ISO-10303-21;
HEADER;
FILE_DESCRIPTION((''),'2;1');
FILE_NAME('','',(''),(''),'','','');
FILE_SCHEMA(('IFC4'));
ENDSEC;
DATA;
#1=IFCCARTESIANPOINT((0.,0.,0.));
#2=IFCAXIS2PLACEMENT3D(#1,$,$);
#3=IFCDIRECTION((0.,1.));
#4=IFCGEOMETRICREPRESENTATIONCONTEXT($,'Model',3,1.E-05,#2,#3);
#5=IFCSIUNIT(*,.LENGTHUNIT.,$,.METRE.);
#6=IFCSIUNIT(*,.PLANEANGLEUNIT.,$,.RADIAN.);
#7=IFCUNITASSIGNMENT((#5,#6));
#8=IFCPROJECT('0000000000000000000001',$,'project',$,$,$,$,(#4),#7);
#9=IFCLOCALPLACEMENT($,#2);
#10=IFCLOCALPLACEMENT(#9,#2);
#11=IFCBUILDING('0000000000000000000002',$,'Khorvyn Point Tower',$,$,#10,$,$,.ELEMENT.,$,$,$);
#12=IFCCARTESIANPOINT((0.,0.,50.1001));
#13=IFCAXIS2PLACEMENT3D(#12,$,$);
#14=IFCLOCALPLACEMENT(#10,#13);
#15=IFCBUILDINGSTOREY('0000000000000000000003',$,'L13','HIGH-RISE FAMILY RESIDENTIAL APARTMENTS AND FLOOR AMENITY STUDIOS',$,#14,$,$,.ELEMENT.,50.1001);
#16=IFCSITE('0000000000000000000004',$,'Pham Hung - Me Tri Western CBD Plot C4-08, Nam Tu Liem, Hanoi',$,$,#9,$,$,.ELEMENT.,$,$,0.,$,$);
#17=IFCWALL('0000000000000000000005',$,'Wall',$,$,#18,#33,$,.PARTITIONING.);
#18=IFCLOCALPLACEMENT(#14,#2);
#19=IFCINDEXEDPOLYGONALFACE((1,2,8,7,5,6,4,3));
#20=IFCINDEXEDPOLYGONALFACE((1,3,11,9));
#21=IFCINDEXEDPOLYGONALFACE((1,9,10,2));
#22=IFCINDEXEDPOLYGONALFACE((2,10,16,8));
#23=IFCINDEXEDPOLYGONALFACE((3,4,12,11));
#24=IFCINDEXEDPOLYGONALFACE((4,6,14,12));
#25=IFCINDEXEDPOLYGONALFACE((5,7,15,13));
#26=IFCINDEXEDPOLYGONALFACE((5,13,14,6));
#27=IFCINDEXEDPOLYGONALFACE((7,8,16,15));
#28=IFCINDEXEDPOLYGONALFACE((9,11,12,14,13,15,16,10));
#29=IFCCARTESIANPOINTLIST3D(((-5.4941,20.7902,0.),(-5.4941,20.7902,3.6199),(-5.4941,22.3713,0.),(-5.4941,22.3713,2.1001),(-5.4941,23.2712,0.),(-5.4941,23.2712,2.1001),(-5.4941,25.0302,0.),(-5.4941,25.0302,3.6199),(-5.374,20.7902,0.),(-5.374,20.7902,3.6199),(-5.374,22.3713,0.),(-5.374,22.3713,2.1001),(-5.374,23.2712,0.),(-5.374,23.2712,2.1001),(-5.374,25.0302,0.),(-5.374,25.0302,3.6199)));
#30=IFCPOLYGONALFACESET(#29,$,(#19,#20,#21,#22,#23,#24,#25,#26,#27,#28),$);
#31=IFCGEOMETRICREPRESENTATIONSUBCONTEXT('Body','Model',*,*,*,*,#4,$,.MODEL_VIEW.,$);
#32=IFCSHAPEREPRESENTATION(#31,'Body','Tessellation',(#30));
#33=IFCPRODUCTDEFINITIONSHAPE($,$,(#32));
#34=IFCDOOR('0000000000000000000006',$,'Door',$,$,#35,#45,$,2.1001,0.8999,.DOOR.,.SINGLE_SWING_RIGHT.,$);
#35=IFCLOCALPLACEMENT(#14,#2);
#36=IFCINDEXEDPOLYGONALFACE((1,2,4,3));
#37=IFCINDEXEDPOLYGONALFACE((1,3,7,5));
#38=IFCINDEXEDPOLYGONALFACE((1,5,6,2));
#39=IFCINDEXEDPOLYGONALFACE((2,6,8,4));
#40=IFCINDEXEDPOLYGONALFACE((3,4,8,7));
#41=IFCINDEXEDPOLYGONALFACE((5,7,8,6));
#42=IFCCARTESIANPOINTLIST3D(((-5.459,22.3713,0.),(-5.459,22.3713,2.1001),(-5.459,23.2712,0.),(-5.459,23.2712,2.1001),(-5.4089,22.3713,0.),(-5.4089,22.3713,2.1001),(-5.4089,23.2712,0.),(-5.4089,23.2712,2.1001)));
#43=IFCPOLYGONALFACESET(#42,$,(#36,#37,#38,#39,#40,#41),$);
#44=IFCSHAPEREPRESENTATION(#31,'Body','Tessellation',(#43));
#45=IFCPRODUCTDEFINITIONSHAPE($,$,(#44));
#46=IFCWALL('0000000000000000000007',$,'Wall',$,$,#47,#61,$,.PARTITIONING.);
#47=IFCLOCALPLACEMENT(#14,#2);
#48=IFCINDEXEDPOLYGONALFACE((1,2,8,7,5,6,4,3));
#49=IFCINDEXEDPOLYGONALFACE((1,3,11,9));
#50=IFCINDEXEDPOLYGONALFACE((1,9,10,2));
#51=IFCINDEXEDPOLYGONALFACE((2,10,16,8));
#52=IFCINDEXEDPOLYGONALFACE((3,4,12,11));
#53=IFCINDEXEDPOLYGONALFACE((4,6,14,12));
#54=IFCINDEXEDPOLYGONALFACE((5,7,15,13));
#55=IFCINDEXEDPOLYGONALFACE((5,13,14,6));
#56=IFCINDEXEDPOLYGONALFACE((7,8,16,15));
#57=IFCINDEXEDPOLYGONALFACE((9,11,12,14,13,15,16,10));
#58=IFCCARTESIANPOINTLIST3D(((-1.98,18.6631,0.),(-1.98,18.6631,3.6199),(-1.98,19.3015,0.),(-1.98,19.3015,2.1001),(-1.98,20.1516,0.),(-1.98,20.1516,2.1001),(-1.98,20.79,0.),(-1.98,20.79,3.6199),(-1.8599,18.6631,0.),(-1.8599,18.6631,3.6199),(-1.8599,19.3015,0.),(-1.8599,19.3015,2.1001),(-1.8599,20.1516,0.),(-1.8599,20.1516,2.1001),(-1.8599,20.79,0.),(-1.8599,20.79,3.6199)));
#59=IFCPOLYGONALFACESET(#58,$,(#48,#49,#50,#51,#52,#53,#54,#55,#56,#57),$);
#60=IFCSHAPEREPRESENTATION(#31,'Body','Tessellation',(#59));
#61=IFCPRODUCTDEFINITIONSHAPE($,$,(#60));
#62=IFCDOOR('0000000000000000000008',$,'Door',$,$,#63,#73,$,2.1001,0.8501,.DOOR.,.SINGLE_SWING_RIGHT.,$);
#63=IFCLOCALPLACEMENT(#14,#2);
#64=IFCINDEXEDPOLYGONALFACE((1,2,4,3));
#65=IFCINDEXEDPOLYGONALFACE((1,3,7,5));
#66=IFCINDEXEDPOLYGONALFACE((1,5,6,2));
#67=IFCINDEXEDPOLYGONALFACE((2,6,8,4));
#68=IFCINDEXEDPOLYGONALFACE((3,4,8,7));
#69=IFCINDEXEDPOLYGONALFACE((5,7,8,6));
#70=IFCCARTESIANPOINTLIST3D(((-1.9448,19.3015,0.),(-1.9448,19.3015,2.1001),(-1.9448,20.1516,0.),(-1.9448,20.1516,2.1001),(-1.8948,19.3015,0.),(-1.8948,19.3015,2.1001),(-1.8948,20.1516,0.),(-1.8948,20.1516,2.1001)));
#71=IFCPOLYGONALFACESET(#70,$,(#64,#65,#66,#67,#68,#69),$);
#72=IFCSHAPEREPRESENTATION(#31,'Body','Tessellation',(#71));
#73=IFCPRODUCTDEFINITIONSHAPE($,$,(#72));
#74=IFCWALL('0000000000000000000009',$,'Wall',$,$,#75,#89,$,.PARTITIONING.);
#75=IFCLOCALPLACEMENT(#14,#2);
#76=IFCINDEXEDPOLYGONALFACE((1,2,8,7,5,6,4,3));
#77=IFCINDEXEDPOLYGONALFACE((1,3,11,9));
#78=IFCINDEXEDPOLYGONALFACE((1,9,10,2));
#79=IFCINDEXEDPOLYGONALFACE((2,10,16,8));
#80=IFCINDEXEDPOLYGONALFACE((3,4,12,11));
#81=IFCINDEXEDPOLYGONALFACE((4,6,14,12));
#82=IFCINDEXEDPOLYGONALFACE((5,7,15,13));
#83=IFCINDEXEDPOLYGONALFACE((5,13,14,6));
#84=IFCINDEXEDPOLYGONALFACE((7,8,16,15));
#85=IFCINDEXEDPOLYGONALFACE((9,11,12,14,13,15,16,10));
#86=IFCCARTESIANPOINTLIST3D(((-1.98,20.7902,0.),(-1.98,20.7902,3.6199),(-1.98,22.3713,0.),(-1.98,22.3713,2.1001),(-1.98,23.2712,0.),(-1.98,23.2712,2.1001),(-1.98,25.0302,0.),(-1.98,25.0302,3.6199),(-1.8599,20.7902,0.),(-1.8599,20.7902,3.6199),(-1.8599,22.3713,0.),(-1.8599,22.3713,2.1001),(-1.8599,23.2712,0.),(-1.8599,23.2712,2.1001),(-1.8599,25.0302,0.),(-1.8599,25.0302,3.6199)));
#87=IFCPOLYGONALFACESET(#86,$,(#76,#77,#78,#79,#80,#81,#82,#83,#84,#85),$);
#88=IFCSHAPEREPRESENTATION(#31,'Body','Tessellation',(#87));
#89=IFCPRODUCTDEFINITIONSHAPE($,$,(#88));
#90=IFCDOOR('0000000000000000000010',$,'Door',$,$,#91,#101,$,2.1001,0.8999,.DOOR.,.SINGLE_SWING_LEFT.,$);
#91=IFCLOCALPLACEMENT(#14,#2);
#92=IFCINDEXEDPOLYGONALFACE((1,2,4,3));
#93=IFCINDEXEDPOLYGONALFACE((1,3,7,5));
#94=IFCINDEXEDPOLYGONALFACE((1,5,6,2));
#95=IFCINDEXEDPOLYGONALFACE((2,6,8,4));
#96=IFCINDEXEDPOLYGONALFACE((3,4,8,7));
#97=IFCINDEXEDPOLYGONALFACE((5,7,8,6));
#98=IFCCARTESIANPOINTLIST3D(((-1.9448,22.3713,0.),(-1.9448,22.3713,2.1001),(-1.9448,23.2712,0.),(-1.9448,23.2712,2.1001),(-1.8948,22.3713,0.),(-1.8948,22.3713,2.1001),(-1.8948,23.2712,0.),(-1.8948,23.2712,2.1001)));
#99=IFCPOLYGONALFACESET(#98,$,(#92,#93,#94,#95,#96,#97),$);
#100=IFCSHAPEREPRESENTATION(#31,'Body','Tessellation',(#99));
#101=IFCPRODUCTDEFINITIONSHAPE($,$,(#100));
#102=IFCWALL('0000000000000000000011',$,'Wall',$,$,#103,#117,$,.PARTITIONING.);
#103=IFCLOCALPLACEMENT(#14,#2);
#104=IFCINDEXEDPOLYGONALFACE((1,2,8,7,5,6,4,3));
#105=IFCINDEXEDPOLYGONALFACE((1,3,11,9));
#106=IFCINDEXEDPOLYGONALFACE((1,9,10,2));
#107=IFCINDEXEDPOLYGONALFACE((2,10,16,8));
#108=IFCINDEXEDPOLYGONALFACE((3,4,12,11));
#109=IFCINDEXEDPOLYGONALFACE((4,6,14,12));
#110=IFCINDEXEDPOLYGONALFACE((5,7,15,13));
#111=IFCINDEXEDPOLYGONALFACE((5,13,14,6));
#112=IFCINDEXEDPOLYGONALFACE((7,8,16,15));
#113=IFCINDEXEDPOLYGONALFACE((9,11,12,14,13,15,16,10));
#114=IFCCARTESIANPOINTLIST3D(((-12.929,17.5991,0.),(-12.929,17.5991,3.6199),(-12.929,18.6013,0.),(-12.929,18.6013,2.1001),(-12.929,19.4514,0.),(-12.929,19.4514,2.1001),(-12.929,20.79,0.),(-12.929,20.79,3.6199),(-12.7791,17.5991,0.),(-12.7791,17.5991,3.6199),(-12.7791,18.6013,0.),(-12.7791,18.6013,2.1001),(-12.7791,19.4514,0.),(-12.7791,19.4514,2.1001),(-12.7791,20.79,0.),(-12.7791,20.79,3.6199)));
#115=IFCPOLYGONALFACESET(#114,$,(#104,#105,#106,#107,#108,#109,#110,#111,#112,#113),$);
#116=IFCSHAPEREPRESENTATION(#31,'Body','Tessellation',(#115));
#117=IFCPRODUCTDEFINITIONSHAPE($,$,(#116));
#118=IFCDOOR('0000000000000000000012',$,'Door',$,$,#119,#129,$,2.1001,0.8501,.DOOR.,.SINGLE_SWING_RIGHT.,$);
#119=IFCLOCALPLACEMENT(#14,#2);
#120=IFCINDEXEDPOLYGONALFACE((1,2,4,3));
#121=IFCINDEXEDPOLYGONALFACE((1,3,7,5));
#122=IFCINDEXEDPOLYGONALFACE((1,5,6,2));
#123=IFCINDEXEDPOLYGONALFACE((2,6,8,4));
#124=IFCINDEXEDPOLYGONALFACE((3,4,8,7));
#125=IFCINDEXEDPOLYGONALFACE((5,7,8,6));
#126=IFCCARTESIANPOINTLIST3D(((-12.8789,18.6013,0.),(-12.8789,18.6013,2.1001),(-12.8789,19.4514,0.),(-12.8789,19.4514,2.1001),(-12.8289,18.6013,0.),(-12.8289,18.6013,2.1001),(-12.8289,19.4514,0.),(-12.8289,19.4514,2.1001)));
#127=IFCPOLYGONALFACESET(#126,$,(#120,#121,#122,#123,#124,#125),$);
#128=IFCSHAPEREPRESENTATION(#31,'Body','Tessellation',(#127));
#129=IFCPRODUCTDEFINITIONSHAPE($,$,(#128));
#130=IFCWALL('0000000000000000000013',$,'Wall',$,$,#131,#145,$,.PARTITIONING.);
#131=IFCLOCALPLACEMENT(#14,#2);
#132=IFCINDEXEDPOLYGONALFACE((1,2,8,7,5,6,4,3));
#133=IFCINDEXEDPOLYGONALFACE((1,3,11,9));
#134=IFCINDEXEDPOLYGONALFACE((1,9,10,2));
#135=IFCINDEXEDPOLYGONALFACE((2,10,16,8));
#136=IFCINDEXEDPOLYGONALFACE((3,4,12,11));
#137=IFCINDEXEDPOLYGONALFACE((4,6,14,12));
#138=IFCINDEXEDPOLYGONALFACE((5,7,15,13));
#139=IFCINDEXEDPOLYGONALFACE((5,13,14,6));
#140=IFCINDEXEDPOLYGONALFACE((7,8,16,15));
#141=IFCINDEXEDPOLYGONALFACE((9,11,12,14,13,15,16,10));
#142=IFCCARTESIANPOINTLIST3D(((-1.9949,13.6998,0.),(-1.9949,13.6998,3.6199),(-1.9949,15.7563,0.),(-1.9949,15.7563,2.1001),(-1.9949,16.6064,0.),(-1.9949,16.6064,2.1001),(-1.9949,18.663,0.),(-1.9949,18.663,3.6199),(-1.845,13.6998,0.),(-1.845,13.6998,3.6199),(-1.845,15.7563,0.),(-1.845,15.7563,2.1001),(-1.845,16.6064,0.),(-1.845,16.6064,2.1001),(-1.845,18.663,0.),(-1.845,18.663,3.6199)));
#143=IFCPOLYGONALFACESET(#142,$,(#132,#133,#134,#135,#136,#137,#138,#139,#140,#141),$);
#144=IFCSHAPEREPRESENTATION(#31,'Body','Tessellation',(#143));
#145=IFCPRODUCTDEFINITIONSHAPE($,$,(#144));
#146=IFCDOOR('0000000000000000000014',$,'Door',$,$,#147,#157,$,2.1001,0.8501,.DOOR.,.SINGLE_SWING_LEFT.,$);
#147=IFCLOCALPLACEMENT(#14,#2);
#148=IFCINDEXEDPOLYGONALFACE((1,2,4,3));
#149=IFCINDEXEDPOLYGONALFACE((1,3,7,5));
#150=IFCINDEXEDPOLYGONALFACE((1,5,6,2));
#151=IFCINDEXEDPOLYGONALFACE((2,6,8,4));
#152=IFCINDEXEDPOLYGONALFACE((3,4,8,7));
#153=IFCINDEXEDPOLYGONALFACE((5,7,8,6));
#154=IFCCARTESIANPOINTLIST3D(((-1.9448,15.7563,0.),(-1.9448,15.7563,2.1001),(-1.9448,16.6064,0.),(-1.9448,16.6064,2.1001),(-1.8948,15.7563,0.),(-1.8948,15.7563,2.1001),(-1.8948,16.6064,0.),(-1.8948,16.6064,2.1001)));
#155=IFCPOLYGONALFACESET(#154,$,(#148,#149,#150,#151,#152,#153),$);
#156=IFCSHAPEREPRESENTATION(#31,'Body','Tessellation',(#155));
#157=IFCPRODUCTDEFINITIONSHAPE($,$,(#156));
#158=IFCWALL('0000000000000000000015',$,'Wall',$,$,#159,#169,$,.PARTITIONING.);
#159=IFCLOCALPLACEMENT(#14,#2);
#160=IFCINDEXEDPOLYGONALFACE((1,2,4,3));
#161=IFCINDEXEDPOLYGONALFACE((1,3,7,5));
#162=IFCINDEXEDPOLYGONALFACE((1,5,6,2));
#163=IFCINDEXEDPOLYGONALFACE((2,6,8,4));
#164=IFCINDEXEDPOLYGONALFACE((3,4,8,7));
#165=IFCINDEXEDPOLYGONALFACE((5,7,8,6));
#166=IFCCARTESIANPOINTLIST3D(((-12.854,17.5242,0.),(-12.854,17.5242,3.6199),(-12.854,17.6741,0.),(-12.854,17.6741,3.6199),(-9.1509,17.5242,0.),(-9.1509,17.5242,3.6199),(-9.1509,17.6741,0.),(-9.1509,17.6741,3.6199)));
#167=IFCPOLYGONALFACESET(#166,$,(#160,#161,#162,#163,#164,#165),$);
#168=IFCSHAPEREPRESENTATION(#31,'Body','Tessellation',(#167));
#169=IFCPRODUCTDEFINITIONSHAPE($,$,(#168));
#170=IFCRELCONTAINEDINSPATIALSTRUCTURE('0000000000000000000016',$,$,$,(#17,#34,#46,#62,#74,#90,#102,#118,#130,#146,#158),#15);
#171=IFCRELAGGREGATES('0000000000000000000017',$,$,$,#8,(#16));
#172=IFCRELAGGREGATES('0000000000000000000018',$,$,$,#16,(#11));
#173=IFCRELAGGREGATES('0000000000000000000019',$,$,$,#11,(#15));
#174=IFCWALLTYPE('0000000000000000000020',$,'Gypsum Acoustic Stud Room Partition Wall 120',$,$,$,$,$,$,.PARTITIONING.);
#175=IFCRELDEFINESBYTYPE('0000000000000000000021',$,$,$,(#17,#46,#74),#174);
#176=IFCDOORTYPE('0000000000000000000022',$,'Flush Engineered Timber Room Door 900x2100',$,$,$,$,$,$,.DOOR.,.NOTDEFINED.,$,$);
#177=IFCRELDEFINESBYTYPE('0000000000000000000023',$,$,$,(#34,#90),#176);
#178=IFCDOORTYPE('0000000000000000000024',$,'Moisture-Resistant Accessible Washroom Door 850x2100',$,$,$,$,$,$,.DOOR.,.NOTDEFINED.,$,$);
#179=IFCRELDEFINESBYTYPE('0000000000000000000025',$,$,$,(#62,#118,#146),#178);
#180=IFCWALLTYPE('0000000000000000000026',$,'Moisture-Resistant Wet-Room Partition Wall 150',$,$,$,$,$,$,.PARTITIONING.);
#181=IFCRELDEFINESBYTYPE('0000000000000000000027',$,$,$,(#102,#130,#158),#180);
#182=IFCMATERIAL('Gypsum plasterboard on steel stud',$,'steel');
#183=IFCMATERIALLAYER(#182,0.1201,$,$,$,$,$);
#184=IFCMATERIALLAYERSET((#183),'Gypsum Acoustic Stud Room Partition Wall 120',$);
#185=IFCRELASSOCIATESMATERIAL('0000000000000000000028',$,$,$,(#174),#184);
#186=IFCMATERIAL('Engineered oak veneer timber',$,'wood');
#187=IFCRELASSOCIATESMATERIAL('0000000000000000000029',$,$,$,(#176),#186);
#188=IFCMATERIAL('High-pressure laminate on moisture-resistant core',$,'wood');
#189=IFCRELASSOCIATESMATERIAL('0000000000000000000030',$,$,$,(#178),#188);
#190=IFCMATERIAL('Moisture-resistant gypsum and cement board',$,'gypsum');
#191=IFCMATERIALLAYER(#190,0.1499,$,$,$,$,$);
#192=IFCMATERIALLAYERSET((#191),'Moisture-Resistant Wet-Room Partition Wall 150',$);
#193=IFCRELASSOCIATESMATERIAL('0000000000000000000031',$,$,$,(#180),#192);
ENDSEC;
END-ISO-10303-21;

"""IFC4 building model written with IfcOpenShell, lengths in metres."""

from ifc_helpers import new_model, si_unit, direction, frame, frame_2d, origin, place, context, subcontext, project, spatial, rectangle, extrude, material, layer, layer_set, type_object, element, fill, save


model = new_model("IFC4")

# Units and contexts
model_context = context("Model", 3, precision=1e-05, world=origin(), true_north=direction((0.0, 1.0)))
body_context = subcontext(model_context, "Body", "Model", "MODEL_VIEW")
ifc_project = project(units=[si_unit("LENGTHUNIT", "METRE"), si_unit("PLANEANGLEUNIT", "RADIAN")], contexts=[model_context])

# Site, building, storey
site_placement = place(None, origin())
site = spatial("IfcSite", under=ifc_project, at=site_placement, Name="Pham Hung - Me Tri Western CBD Plot C4-08, Nam Tu Liem, Hanoi", CompositionType="ELEMENT", RefElevation=0.0)
building_placement = place(site_placement, origin())
building = spatial("IfcBuilding", under=site, at=building_placement, Name="Khorvyn Point Tower", CompositionType="ELEMENT")
storey_placement = place(building_placement, frame((0.0, 0.0, 50.1001)))
storey = spatial("IfcBuildingStorey", under=building, at=storey_placement, Name="L13", Description="HIGH-RISE FAMILY RESIDENTIAL APARTMENTS AND FLOOR AMENITY STUDIOS", CompositionType="ELEMENT", Elevation=50.1001)

# Walls, openings, doors
ifc_material_1 = material(Name="Gypsum plasterboard on steel stud", Category="steel")
ifc_layer_1 = layer(ifc_material_1, 0.1201)
ifc_layer_set_1 = layer_set([ifc_layer_1], Name="Gypsum Acoustic Stud Room Partition Wall 120")
wall_type_1 = type_object("IfcWallType", Name="Gypsum Acoustic Stud Room Partition Wall 120", PredefinedType="PARTITIONING", material=ifc_layer_set_1)
ifc_material_2 = material(Name="Engineered oak veneer timber", Category="wood")
door_type_1 = type_object("IfcDoorType", Name="Flush Engineered Timber Room Door 900x2100", OperationType="NOTDEFINED", PredefinedType="DOOR", material=ifc_material_2)
wall_1_placement = place(storey_placement, frame((-5.4341, 20.79, 0.0), z_axis=(0.0, 0.0, 1.0), x_axis=(0.0, 1.0, 0.0)))
wall_1 = element("IfcWall", 1, at=wall_1_placement, inside=storey, type_object=wall_type_1, Name="Wall", PredefinedType="PARTITIONING", context=body_context, shape_type="SweptSolid", body=[
    extrude(rectangle(XDim=4.24, YDim=0.1201, at=frame_2d((2.1201, 0.0))), origin(), (0.0, 0.0, 1.0), 3.6199),
])
opening_1_placement = place(wall_1_placement, frame((1.5813, 0.0, 0.0)))
opening_1 = element("IfcOpeningElement", 2, at=opening_1_placement, cuts=wall_1, PredefinedType="OPENING", context=body_context, shape_type="SweptSolid", body=[
    extrude(rectangle(XDim=0.8999, YDim=2.1001, at=frame_2d((0.45, 1.05))), frame((0.0, 0.0701, 0.0), z_axis=(0.0, -1.0, 0.0), x_axis=(1.0, 0.0, 0.0)), (0.0, 0.0, 1.0), 0.1401),
])
door_1_placement = place(opening_1_placement, origin())
door_1 = element("IfcDoor", 3, at=door_1_placement, inside=storey, type_object=door_type_1, Name="Door", OperationType="SINGLE_SWING_RIGHT", OverallHeight=2.1001, OverallWidth=0.8999, PredefinedType="DOOR", context=body_context, shape_type="SweptSolid", body=[
    extrude(rectangle(XDim=0.8999, YDim=2.1001, at=frame_2d((0.45, 1.05))), frame((0.0, 0.0249, 0.0), z_axis=(0.0, -1.0, 0.0), x_axis=(1.0, 0.0, 0.0)), (0.0, 0.0, 1.0), 0.05),
])
fill(opening_1, door_1)
wall_2_placement = place(storey_placement, frame((-1.9199, 18.6631, 0.0), z_axis=(0.0, 0.0, 1.0), x_axis=(0.0, 1.0, 0.0)))
wall_2 = element("IfcWall", 4, at=wall_2_placement, inside=storey, type_object=wall_type_1, Name="Wall", PredefinedType="PARTITIONING", context=body_context, shape_type="SweptSolid", body=[
    extrude(rectangle(XDim=2.127, YDim=0.1201, at=frame_2d((1.0635, 0.0))), origin(), (0.0, 0.0, 1.0), 3.6199),
])
opening_2_placement = place(wall_2_placement, frame((0.6384, 0.0, 0.0)))
opening_2 = element("IfcOpeningElement", 5, at=opening_2_placement, cuts=wall_2, PredefinedType="OPENING", context=body_context, shape_type="SweptSolid", body=[
    extrude(rectangle(XDim=0.8501, YDim=2.1001, at=frame_2d((0.425, 1.05))), frame((0.0, 0.0701, 0.0), z_axis=(0.0, -1.0, 0.0), x_axis=(1.0, 0.0, 0.0)), (0.0, 0.0, 1.0), 0.1401),
])
ifc_material_3 = material(Name="High-pressure laminate on moisture-resistant core", Category="wood")
door_type_2 = type_object("IfcDoorType", Name="Moisture-Resistant Accessible Washroom Door 850x2100", OperationType="NOTDEFINED", PredefinedType="DOOR", material=ifc_material_3)
door_2_placement = place(opening_2_placement, origin())
door_2 = element("IfcDoor", 6, at=door_2_placement, inside=storey, type_object=door_type_2, Name="Door", OperationType="SINGLE_SWING_RIGHT", OverallHeight=2.1001, OverallWidth=0.8501, PredefinedType="DOOR", context=body_context, shape_type="SweptSolid", body=[
    extrude(rectangle(XDim=0.8501, YDim=2.1001, at=frame_2d((0.425, 1.05))), frame((0.0, 0.0249, 0.0), z_axis=(0.0, -1.0, 0.0), x_axis=(1.0, 0.0, 0.0)), (0.0, 0.0, 1.0), 0.05),
])
fill(opening_2, door_2)
wall_3_placement = place(storey_placement, frame((-1.9199, 20.79, 0.0), z_axis=(0.0, 0.0, 1.0), x_axis=(0.0, 1.0, 0.0)))
wall_3 = element("IfcWall", 7, at=wall_3_placement, inside=storey, type_object=wall_type_1, Name="Wall", PredefinedType="PARTITIONING", context=body_context, shape_type="SweptSolid", body=[
    extrude(rectangle(XDim=4.24, YDim=0.1201, at=frame_2d((2.1201, 0.0))), origin(), (0.0, 0.0, 1.0), 3.6199),
])
opening_3_placement = place(wall_3_placement, frame((1.5813, 0.0, 0.0)))
opening_3 = element("IfcOpeningElement", 8, at=opening_3_placement, cuts=wall_3, PredefinedType="OPENING", context=body_context, shape_type="SweptSolid", body=[
    extrude(rectangle(XDim=0.8999, YDim=2.1001, at=frame_2d((0.45, 1.05))), frame((0.0, 0.0701, 0.0), z_axis=(0.0, -1.0, 0.0), x_axis=(1.0, 0.0, 0.0)), (0.0, 0.0, 1.0), 0.1401),
])
door_3_placement = place(opening_3_placement, origin())
door_3 = element("IfcDoor", 9, at=door_3_placement, inside=storey, type_object=door_type_1, Name="Door", OperationType="SINGLE_SWING_LEFT", OverallHeight=2.1001, OverallWidth=0.8999, PredefinedType="DOOR", context=body_context, shape_type="SweptSolid", body=[
    extrude(rectangle(XDim=0.8999, YDim=2.1001, at=frame_2d((0.45, 1.05))), frame((0.0, 0.0249, 0.0), z_axis=(0.0, -1.0, 0.0), x_axis=(1.0, 0.0, 0.0)), (0.0, 0.0, 1.0), 0.05),
])
fill(opening_3, door_3)
ifc_material_4 = material(Name="Moisture-resistant gypsum and cement board", Category="gypsum")
ifc_layer_2 = layer(ifc_material_4, 0.1499)
ifc_layer_set_2 = layer_set([ifc_layer_2], Name="Moisture-Resistant Wet-Room Partition Wall 150")
wall_type_2 = type_object("IfcWallType", Name="Moisture-Resistant Wet-Room Partition Wall 150", PredefinedType="PARTITIONING", material=ifc_layer_set_2)
wall_4_placement = place(storey_placement, frame((-12.854, 17.5991, 0.0), z_axis=(0.0, 0.0, 1.0), x_axis=(0.0, 1.0, 0.0)))
wall_4 = element("IfcWall", 10, at=wall_4_placement, inside=storey, type_object=wall_type_2, Name="Wall", PredefinedType="PARTITIONING", context=body_context, shape_type="SweptSolid", body=[
    extrude(rectangle(XDim=3.1909, YDim=0.1499, at=frame_2d((1.5955, 0.0))), origin(), (0.0, 0.0, 1.0), 3.6199),
])
opening_4_placement = place(wall_4_placement, frame((1.0022, 0.0, 0.0)))
opening_4 = element("IfcOpeningElement", 11, at=opening_4_placement, cuts=wall_4, PredefinedType="OPENING", context=body_context, shape_type="SweptSolid", body=[
    extrude(rectangle(XDim=0.8501, YDim=2.1001, at=frame_2d((0.425, 1.05))), frame((0.0, 0.085, 0.0), z_axis=(0.0, -1.0, 0.0), x_axis=(1.0, 0.0, 0.0)), (0.0, 0.0, 1.0), 0.1699),
])
door_4_placement = place(opening_4_placement, origin())
door_4 = element("IfcDoor", 12, at=door_4_placement, inside=storey, type_object=door_type_2, Name="Door", OperationType="SINGLE_SWING_RIGHT", OverallHeight=2.1001, OverallWidth=0.8501, PredefinedType="DOOR", context=body_context, shape_type="SweptSolid", body=[
    extrude(rectangle(XDim=0.8501, YDim=2.1001, at=frame_2d((0.425, 1.05))), frame((0.0, 0.0249, 0.0), z_axis=(0.0, -1.0, 0.0), x_axis=(1.0, 0.0, 0.0)), (0.0, 0.0, 1.0), 0.05),
])
fill(opening_4, door_4)
wall_5_placement = place(storey_placement, frame((-1.9199, 13.7, 0.0), z_axis=(0.0, 0.0, 1.0), x_axis=(0.0, 1.0, 0.0)))
wall_5 = element("IfcWall", 13, at=wall_5_placement, inside=storey, type_object=wall_type_2, Name="Wall", PredefinedType="PARTITIONING", context=body_context, shape_type="SweptSolid", body=[
    extrude(rectangle(XDim=4.9631, YDim=0.1499, at=frame_2d((2.4814, 0.0))), origin(), (0.0, 0.0, 1.0), 3.6199),
])
opening_5_placement = place(wall_5_placement, frame((2.0564, 0.0, 0.0)))
opening_5 = element("IfcOpeningElement", 14, at=opening_5_placement, cuts=wall_5, PredefinedType="OPENING", context=body_context, shape_type="SweptSolid", body=[
    extrude(rectangle(XDim=0.8501, YDim=2.1001, at=frame_2d((0.425, 1.05))), frame((0.0, 0.085, 0.0), z_axis=(0.0, -1.0, 0.0), x_axis=(1.0, 0.0, 0.0)), (0.0, 0.0, 1.0), 0.1699),
])
door_5_placement = place(opening_5_placement, origin())
door_5 = element("IfcDoor", 15, at=door_5_placement, inside=storey, type_object=door_type_2, Name="Door", OperationType="SINGLE_SWING_LEFT", OverallHeight=2.1001, OverallWidth=0.8501, PredefinedType="DOOR", context=body_context, shape_type="SweptSolid", body=[
    extrude(rectangle(XDim=0.8501, YDim=2.1001, at=frame_2d((0.425, 1.05))), frame((0.0, 0.0249, 0.0), z_axis=(0.0, -1.0, 0.0), x_axis=(1.0, 0.0, 0.0)), (0.0, 0.0, 1.0), 0.05),
])
fill(opening_5, door_5)

# Wall
for number, where, z_axis, x_axis, name in (
    (16, (-12.854, 17.5991, 0.0), (0.0, 0.0, 1.0), (1.0, 0.0, 0.0), "Wall"),
):
    element("IfcWall", number, at=place(storey_placement, frame(where, z_axis=z_axis, x_axis=x_axis)), inside=storey, type_object=wall_type_2, Name=name, PredefinedType="PARTITIONING", context=body_context, shape_type="SweptSolid", body=[
        extrude(rectangle(XDim=3.7031, YDim=0.1499, at=frame_2d((1.8516, 0.0))), origin(), (0.0, 0.0, 1.0), 3.6199),
    ])

save(model, "model.ifc")
